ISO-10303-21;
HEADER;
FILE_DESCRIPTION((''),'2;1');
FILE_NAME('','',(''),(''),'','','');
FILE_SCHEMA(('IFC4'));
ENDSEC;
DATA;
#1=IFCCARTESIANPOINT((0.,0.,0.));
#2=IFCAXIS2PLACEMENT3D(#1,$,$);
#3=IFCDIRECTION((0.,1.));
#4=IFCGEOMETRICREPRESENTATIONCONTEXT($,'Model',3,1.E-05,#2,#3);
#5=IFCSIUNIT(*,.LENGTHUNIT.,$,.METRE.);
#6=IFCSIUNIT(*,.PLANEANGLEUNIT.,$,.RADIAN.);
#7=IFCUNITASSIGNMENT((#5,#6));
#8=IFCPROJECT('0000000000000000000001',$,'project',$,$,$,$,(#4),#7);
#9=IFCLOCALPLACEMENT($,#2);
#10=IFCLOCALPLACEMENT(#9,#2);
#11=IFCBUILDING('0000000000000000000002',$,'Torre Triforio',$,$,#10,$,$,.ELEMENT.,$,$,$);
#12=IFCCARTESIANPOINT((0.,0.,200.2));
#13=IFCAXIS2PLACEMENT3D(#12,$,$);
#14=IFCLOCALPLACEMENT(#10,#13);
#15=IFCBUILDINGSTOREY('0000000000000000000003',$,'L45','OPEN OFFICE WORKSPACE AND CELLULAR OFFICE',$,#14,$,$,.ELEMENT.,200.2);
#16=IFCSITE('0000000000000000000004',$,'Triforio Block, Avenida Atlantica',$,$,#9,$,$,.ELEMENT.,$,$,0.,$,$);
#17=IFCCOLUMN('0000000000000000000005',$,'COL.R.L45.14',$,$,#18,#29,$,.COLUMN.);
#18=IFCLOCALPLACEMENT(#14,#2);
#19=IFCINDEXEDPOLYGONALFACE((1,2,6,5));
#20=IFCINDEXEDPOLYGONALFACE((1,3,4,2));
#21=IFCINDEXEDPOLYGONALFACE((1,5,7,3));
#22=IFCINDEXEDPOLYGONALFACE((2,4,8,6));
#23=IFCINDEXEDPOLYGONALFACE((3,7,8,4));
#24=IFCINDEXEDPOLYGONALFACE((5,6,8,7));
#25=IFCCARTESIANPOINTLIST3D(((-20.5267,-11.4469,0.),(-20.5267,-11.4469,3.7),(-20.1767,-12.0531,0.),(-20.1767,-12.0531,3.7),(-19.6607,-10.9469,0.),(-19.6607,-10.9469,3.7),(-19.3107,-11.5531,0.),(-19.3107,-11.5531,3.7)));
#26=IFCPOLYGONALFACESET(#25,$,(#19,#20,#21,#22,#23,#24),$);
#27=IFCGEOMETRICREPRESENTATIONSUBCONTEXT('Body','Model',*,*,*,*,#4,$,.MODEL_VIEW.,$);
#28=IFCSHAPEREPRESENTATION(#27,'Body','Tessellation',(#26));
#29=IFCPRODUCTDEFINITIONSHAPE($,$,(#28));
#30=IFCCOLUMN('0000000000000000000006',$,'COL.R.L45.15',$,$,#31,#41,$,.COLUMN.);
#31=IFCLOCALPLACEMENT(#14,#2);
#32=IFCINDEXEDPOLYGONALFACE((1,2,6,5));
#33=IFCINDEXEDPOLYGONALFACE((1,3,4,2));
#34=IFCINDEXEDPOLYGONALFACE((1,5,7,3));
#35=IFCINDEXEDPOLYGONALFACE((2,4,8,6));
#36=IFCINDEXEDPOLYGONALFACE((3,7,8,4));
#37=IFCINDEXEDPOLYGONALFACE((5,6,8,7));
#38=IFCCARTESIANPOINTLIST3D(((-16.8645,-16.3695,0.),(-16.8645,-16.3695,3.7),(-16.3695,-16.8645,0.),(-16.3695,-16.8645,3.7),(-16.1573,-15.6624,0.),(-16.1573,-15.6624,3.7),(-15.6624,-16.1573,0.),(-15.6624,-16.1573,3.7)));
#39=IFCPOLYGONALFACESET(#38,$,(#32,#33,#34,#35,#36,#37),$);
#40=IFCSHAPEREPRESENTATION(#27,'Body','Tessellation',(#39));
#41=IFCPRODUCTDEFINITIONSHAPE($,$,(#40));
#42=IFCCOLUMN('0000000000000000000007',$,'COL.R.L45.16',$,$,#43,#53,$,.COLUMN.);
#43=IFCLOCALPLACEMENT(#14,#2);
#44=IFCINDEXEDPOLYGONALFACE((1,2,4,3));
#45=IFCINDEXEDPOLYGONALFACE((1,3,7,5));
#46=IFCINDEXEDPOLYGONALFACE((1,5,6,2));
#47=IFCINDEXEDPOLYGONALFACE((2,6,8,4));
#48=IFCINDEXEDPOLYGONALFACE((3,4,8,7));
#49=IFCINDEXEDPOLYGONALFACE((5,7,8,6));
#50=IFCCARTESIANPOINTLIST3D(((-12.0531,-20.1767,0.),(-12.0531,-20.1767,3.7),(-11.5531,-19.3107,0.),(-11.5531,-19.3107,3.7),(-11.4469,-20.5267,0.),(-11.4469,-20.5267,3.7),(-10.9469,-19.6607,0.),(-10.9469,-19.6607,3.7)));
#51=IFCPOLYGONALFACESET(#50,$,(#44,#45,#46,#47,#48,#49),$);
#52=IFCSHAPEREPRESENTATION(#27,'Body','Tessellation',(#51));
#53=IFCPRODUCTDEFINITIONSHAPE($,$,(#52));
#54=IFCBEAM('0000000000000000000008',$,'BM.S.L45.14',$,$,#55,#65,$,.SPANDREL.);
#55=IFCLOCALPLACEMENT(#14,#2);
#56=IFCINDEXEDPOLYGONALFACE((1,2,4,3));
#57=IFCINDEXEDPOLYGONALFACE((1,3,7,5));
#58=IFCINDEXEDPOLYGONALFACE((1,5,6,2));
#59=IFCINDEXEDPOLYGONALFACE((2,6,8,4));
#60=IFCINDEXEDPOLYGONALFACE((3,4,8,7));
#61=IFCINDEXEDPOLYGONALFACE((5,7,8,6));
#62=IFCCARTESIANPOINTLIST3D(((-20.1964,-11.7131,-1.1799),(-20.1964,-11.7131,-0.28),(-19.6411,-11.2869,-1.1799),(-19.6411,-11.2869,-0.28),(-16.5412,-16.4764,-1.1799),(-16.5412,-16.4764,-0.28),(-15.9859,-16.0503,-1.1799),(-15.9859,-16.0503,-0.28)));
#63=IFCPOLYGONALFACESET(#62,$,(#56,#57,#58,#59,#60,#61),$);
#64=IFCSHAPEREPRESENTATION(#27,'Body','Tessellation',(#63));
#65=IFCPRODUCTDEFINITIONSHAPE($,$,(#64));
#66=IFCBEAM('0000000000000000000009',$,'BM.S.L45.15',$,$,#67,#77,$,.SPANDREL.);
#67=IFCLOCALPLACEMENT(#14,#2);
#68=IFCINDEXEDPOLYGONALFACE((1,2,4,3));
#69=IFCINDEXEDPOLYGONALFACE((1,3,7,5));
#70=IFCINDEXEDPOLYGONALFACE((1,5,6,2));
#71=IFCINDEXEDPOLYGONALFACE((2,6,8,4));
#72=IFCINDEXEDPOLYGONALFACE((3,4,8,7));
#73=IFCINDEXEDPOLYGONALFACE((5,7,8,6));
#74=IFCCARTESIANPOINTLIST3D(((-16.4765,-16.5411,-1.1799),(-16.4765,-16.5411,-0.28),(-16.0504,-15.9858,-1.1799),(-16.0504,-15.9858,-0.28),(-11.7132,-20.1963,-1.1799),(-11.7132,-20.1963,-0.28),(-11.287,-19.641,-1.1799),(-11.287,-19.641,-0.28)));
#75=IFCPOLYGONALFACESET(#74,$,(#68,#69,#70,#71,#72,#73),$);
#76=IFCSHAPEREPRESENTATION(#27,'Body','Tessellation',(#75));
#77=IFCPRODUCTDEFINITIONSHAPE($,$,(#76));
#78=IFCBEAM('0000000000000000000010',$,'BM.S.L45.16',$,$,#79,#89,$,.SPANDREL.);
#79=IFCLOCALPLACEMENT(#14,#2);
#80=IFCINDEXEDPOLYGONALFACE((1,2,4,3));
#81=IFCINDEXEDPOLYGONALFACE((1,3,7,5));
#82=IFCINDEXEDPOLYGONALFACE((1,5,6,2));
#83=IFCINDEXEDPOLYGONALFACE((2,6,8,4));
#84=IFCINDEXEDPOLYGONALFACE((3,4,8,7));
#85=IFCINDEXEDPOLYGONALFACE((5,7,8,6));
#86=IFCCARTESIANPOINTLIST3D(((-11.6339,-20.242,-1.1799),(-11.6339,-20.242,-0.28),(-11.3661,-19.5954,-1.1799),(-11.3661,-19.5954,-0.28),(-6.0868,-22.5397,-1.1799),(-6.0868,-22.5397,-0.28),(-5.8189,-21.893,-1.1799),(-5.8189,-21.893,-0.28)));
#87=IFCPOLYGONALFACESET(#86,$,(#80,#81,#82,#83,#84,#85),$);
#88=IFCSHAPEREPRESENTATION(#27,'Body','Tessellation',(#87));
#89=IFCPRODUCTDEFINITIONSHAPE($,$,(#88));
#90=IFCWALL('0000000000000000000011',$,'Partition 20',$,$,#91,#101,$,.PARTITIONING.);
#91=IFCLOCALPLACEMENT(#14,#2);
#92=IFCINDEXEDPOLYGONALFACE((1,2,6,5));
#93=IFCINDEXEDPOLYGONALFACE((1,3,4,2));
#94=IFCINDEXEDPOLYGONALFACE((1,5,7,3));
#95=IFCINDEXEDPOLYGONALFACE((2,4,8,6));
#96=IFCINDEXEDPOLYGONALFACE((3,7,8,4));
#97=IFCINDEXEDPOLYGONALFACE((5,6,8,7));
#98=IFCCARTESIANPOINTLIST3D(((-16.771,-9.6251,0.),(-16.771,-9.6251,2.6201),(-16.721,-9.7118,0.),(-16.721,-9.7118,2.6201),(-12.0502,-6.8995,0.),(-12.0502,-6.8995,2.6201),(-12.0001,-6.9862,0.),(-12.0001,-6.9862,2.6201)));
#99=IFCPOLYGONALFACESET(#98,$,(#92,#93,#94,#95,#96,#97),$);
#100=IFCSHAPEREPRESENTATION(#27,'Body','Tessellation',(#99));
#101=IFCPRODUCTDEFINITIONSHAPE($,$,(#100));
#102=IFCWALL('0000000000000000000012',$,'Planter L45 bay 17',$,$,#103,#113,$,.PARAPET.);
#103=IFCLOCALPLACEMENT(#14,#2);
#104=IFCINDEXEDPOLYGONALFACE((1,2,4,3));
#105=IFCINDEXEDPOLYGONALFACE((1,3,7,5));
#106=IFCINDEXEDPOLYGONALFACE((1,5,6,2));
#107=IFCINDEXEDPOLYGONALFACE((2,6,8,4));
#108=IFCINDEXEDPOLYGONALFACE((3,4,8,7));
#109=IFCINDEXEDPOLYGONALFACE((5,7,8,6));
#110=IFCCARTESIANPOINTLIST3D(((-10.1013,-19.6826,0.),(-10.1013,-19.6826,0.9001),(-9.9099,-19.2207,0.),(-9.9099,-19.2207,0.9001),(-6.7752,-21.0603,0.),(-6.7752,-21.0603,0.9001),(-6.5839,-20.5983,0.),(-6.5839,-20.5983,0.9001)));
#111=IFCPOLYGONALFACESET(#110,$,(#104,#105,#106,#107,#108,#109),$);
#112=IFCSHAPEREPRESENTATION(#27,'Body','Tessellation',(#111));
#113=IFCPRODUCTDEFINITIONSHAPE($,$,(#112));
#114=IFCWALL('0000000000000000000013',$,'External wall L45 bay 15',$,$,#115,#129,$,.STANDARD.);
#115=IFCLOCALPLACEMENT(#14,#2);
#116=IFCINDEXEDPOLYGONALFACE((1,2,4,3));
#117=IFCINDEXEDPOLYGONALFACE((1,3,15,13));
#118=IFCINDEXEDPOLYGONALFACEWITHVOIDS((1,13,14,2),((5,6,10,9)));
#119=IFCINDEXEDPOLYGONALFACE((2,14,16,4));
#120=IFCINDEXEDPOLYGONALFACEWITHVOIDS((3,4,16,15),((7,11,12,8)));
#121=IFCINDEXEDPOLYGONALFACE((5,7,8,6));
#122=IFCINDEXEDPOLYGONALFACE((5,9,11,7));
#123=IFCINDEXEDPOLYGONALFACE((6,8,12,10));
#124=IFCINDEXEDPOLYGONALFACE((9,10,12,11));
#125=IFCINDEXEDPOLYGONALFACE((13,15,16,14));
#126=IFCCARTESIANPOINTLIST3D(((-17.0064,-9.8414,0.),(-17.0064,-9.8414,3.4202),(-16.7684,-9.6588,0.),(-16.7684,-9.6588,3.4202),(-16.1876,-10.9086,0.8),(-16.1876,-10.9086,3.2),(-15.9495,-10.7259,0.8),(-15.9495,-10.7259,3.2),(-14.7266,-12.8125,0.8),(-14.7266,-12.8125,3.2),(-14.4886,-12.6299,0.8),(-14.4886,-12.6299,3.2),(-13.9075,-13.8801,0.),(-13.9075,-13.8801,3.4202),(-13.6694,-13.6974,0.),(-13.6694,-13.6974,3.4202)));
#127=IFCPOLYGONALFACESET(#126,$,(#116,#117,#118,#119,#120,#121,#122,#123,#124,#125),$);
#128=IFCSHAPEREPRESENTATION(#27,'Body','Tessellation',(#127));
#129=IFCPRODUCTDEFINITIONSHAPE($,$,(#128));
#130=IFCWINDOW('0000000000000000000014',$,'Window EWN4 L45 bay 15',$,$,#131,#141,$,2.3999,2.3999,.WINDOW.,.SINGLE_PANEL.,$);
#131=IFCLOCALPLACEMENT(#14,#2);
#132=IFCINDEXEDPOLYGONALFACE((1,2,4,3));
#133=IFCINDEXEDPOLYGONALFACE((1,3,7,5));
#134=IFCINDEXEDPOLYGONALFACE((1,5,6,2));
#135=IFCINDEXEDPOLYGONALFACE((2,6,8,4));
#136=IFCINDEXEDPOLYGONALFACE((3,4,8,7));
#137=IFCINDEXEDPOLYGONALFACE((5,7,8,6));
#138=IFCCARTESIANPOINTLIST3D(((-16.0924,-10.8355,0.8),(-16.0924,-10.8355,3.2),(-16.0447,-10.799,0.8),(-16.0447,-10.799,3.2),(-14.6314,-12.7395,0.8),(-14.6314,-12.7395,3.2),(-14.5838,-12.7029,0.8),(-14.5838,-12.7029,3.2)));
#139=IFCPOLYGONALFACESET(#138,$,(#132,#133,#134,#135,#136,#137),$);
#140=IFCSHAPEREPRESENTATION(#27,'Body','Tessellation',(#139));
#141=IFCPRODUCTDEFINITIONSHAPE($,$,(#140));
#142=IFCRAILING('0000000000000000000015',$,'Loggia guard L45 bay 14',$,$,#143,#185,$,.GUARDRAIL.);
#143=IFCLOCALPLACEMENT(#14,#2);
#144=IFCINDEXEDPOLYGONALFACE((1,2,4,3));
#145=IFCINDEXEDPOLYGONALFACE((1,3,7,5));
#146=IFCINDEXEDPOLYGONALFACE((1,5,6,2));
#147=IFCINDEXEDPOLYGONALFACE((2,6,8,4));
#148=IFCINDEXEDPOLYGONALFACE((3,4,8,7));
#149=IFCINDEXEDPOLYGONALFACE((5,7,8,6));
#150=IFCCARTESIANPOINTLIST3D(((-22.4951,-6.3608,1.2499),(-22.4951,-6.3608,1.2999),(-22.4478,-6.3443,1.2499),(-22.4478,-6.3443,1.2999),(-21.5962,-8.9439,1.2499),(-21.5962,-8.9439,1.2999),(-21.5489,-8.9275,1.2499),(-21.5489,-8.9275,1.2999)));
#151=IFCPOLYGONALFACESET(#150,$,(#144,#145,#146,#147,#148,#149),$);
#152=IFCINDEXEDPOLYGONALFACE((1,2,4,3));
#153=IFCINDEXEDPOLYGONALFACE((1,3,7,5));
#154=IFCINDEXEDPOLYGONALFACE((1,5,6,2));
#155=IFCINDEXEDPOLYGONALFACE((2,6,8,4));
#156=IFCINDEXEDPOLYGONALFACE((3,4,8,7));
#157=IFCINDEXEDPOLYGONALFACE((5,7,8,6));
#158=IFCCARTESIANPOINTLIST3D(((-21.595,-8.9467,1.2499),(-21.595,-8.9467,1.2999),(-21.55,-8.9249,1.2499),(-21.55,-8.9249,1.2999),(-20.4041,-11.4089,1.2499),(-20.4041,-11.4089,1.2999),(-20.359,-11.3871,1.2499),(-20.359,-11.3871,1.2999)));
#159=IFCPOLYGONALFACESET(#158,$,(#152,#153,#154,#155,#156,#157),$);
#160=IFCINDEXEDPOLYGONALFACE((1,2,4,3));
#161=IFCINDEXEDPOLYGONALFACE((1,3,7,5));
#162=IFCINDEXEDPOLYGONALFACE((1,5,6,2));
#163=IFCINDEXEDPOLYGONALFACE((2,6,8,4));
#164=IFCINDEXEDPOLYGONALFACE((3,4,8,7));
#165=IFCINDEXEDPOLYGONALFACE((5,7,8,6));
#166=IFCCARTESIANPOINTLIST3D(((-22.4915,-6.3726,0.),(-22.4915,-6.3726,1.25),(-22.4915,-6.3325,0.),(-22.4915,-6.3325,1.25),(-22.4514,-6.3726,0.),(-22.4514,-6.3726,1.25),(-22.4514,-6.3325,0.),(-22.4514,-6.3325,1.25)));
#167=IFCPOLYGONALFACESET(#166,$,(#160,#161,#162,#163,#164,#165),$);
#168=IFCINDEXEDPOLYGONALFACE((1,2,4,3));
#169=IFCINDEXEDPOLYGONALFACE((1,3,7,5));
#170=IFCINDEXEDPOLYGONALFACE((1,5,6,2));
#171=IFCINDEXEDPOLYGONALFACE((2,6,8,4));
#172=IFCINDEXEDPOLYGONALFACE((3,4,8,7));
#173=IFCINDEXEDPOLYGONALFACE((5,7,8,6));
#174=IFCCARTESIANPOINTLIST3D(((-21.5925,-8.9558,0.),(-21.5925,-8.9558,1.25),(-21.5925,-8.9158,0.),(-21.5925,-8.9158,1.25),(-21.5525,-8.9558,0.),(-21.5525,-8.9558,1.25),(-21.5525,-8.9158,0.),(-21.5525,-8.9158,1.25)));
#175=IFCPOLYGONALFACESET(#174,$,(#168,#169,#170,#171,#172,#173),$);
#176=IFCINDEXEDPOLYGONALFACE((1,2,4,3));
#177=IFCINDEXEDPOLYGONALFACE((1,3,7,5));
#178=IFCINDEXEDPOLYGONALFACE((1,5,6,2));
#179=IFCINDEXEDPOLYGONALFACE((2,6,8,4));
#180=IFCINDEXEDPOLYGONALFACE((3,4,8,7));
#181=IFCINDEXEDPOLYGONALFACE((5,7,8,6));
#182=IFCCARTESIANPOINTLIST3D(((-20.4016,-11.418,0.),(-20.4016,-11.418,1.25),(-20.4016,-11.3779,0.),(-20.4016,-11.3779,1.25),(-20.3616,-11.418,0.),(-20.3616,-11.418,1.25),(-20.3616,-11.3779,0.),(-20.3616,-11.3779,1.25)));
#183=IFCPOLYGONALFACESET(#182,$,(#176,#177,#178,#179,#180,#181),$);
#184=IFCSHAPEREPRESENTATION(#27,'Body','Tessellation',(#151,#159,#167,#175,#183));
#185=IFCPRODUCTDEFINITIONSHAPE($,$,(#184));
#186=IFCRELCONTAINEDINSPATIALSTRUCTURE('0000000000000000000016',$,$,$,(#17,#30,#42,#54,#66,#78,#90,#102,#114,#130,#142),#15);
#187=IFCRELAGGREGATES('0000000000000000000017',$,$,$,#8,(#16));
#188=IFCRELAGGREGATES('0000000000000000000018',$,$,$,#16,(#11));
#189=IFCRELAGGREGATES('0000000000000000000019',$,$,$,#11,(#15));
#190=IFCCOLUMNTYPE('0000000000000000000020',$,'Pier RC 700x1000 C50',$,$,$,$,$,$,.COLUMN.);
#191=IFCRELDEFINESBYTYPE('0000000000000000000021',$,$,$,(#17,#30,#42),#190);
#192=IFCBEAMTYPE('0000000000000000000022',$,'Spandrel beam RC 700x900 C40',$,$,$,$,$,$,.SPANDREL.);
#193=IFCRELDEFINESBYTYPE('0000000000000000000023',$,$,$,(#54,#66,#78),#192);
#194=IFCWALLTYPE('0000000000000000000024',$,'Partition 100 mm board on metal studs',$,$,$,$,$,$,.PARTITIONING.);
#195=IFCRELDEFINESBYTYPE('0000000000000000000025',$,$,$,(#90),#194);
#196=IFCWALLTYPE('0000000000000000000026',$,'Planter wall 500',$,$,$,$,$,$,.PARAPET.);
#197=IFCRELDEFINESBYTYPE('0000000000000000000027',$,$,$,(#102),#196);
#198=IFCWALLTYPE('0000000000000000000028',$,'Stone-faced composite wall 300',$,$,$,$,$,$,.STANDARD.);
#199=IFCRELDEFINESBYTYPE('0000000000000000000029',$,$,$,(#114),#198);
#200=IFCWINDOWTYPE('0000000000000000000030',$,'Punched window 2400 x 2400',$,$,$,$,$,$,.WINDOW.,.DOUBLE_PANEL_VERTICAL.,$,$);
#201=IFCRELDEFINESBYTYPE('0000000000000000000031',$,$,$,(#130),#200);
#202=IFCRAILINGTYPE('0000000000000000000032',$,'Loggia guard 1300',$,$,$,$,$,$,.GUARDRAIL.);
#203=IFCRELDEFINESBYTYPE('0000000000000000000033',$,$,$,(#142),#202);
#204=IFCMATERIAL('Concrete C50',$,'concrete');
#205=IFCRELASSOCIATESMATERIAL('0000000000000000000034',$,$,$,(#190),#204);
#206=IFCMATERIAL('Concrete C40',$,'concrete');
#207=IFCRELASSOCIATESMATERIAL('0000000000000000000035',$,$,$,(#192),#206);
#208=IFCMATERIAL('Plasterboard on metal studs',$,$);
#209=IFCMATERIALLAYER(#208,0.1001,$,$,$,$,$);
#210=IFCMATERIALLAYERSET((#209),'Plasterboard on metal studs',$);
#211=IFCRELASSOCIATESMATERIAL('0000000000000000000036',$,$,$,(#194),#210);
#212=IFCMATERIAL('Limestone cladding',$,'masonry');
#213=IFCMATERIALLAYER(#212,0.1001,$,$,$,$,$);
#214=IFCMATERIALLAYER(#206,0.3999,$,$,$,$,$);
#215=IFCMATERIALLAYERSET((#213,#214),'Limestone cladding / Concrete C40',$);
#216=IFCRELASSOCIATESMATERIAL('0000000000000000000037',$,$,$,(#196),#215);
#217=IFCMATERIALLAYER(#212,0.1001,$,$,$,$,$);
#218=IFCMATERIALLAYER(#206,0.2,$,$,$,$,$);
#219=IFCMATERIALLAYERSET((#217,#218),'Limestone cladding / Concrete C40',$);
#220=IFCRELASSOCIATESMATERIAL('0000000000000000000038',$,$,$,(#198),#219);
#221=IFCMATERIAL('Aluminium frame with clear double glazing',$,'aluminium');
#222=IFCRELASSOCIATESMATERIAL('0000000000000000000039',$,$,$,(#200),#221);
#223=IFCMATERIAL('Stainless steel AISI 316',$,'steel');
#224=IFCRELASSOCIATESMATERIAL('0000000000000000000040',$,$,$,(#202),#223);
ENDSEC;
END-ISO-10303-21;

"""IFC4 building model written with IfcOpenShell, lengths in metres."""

from ifc_helpers import new_model, si_unit, direction, frame, frame_2d, origin, origin_2d, place, context, subcontext, project, spatial, rectangle, extrude, material, layer, layer_set, material_profile, profile_set, type_object, element, fill, save


model = new_model("IFC4")

# Units and contexts
model_context = context("Model", 3, precision=1e-05, world=origin(), true_north=direction((0.0, 1.0)))
body_context = subcontext(model_context, "Body", "Model", "MODEL_VIEW")
ifc_project = project(units=[si_unit("LENGTHUNIT", "METRE"), si_unit("PLANEANGLEUNIT", "RADIAN")], contexts=[model_context])

# Site, building, storey
site_placement = place(None, origin())
site = spatial("IfcSite", under=ifc_project, at=site_placement, Name="Triforio Block, Avenida Atlantica", CompositionType="ELEMENT", RefElevation=0.0)
building_placement = place(site_placement, origin())
building = spatial("IfcBuilding", under=site, at=building_placement, Name="Torre Triforio", CompositionType="ELEMENT")
storey_placement = place(building_placement, frame((0.0, 0.0, 200.2)))
storey = spatial("IfcBuildingStorey", under=building, at=storey_placement, Name="L45", Description="OPEN OFFICE WORKSPACE AND CELLULAR OFFICE", CompositionType="ELEMENT", Elevation=200.2)

# Columns
ifc_material_1 = material(Name="Concrete C50", Category="concrete")
ifc_material_profile_1 = material_profile(ifc_material_1, rectangle(XDim=0.7, YDim=1.0, at=origin_2d()), Name="RC 700x1000")
ifc_profile_set_1 = profile_set([ifc_material_profile_1], Name="Concrete C50")
column_type = type_object("IfcColumnType", Name="Pier RC 700x1000 C50", PredefinedType="COLUMN", material=ifc_profile_set_1)
for number, where, z_axis, x_axis, name in (
    (1, (-19.9187, -11.5, 0.0), (0.0, 0.0, 1.0), (0.5, -0.866025, 0.0), "COL.R.L45.14"),
    (2, (-16.2634, -16.2634, 0.0), (0.0, 0.0, 1.0), (0.707107, -0.707107, 0.0), "COL.R.L45.15"),
    (3, (-11.5, -19.9187, 0.0), (0.0, 0.0, 1.0), (0.866025, -0.5, 0.0), "COL.R.L45.16"),
):
    element("IfcColumn", number, at=place(storey_placement, frame(where, z_axis=z_axis, x_axis=x_axis)), inside=storey, type_object=column_type, Name=name, PredefinedType="COLUMN", context=body_context, shape_type="SweptSolid", body=[
        extrude(rectangle(XDim=0.7, YDim=1.0, at=origin_2d()), origin(), (0.0, 0.0, 1.0), 3.7),
    ])

# Beams
ifc_material_2 = material(Name="Concrete C40", Category="concrete")
ifc_material_profile_2 = material_profile(ifc_material_2, rectangle(XDim=0.7, YDim=0.8999, at=origin_2d()), Name="RC 700x900")
ifc_profile_set_2 = profile_set([ifc_material_profile_2], Name="Concrete C40")
beam_type = type_object("IfcBeamType", Name="Spandrel beam RC 700x900 C40", PredefinedType="SPANDREL", material=ifc_profile_set_2)
for number, where, z_axis, x_axis, name in (
    (4, (-19.9187, -11.5, -0.73), (0.608779, -0.79334, 0.0), (0.79334, 0.608779, 0.0), "BM.S.L45.14"),
    (5, (-16.2634, -16.2634, -0.73), (0.79334, -0.608779, 0.0), (0.608779, 0.79334, 0.0), "BM.S.L45.15"),
    (6, (-11.5, -19.9187, -0.73), (0.923885, -0.382671, 0.0), (0.382671, 0.923885, 0.0), "BM.S.L45.16"),
):
    element("IfcBeam", number, at=place(storey_placement, frame(where, z_axis=z_axis, x_axis=x_axis)), inside=storey, type_object=beam_type, Name=name, PredefinedType="SPANDREL", context=body_context, shape_type="SweptSolid", body=[
        extrude(rectangle(XDim=0.7, YDim=0.8999, at=origin_2d()), origin(), (0.0, 0.0, 1.0), 6.0042),
    ])

# Walls
ifc_material_3 = material(Name="Plasterboard on metal studs")
ifc_layer_1 = layer(ifc_material_3, 0.1001)
ifc_layer_set_1 = layer_set([ifc_layer_1], Name="Plasterboard on metal studs")
wall_type_1 = type_object("IfcWallType", Name="Partition 100 mm board on metal studs", PredefinedType="PARTITIONING", material=ifc_layer_set_1)
wall_1_placement = place(storey_placement, frame((-12.0251, -6.9429, 0.0), z_axis=(0.0, 0.0, 1.0), x_axis=(-0.86603, -0.499993, 0.0)))
element("IfcWall", 7, at=wall_1_placement, inside=storey, type_object=wall_type_1, Name="Partition 20", PredefinedType="PARTITIONING", context=body_context, shape_type="SweptSolid", body=[
    extrude(rectangle(XDim=5.4512, YDim=0.1001, at=frame_2d((2.7256, 0.0))), origin(), (0.0, 0.0, 1.0), 2.6201),
])
ifc_material_4 = material(Name="Limestone cladding", Category="masonry")
ifc_layer_2 = layer(ifc_material_4, 0.1001)
ifc_layer_3 = layer(ifc_material_2, 0.3999)
ifc_layer_set_2 = layer_set([ifc_layer_2, ifc_layer_3], Name="Limestone cladding / Concrete C40")
wall_type_2 = type_object("IfcWallType", Name="Planter wall 500", PredefinedType="PARAPET", material=ifc_layer_set_2)
wall_2_placement = place(storey_placement, frame((-10.0056, -19.4517, 0.0), z_axis=(0.0, 0.0, 1.0), x_axis=(0.923885, -0.382669, 0.0)))
element("IfcWall", 8, at=wall_2_placement, inside=storey, type_object=wall_type_2, Name="Planter L45 bay 17", PredefinedType="PARAPET", context=body_context, shape_type="SweptSolid", body=[
    extrude(rectangle(XDim=3.6001, YDim=0.5, at=frame_2d((1.8, 0.0))), origin(), (0.0, 0.0, 1.0), 0.9001),
])

# Wall, opening, window
ifc_layer_4 = layer(ifc_material_4, 0.1001)
ifc_layer_5 = layer(ifc_material_2, 0.2)
ifc_layer_set_3 = layer_set([ifc_layer_4, ifc_layer_5], Name="Limestone cladding / Concrete C40")
wall_type_3 = type_object("IfcWallType", Name="Stone-faced composite wall 300", PredefinedType="STANDARD", material=ifc_layer_set_3)
wall_3_placement = place(storey_placement, frame((-16.8875, -9.75, 0.0), z_axis=(0.0, 0.0, 1.0), x_axis=(0.608758, -0.793356, 0.0)))
wall_3 = element("IfcWall", 9, at=wall_3_placement, inside=storey, type_object=wall_type_3, Name="External wall L45 bay 15", PredefinedType="STANDARD", context=body_context, shape_type="SweptSolid", body=[
    extrude(rectangle(XDim=5.0906, YDim=0.3, at=frame_2d((2.5454, 0.0))), origin(), (0.0, 0.0, 1.0), 3.4202),
])
opening_1_placement = place(wall_3_placement, frame((1.3452, 0.0, 0.8)))
opening_1 = element("IfcOpeningElement", 10, at=opening_1_placement, cuts=wall_3, PredefinedType="OPENING", context=body_context, shape_type="SweptSolid", body=[
    extrude(rectangle(XDim=2.3999, YDim=2.3999, at=frame_2d((1.2, 1.2))), frame((0.0, 0.1599, 0.0), z_axis=(0.0, -1.0, 0.0), x_axis=(1.0, 0.0, 0.0)), (0.0, 0.0, 1.0), 0.3201),
])
ifc_material_5 = material(Name="Aluminium frame with clear double glazing", Category="aluminium")
window_type_1 = type_object("IfcWindowType", Name="Punched window 2400 x 2400", PartitioningType="DOUBLE_PANEL_VERTICAL", PredefinedType="WINDOW", material=ifc_material_5)
window_1_placement = place(opening_1_placement, origin())
window_1 = element("IfcWindow", 11, at=window_1_placement, inside=storey, type_object=window_type_1, Name="Window EWN4 L45 bay 15", OverallHeight=2.3999, OverallWidth=2.3999, PartitioningType="SINGLE_PANEL", PredefinedType="WINDOW", context=body_context, shape_type="SweptSolid", body=[
    extrude(rectangle(XDim=2.3999, YDim=2.3999, at=frame_2d((1.2, 1.2))), frame((0.0, 0.03, 0.0), z_axis=(0.0, -1.0, 0.0), x_axis=(1.0, 0.0, 0.0)), (0.0, 0.0, 1.0), 0.0601),
])
fill(opening_1, window_1)

# Railing
ifc_material_6 = material(Name="Stainless steel AISI 316", Category="steel")
railing_type = type_object("IfcRailingType", Name="Loggia guard 1300", PredefinedType="GUARDRAIL", material=ifc_material_6)
railing_1_placement = place(storey_placement, frame((-22.4714, -6.3525, 0.0)))
element("IfcRailing", 12, at=railing_1_placement, inside=storey, type_object=railing_type, Name="Loggia guard L45 bay 14", PredefinedType="GUARDRAIL", context=body_context, shape_type="SweptSolid", body=[
    extrude(rectangle(XDim=0.05, YDim=0.05, at=origin_2d()), frame((0.0, 0.0, 1.2749), z_axis=(0.328652, -0.944451, 0.0), x_axis=(0.944451, 0.328652, 0.0)), (0.0, 0.0, 1.0), 2.7351),
    extrude(rectangle(XDim=0.05, YDim=0.05, at=origin_2d()), frame((0.8989, -2.5833, 1.2749), z_axis=(0.435428, -0.900224, 0.0), x_axis=(0.900224, 0.435428, 0.0)), (0.0, 0.0, 1.0), 2.7351),
    extrude(rectangle(XDim=0.04, YDim=0.04, at=origin_2d()), origin(), (0.0, 0.0, 1.0), 1.25),
    extrude(rectangle(XDim=0.04, YDim=0.04, at=origin_2d()), frame((0.8989, -2.5833, 0.0)), (0.0, 0.0, 1.0), 1.25),
    extrude(rectangle(XDim=0.04, YDim=0.04, at=origin_2d()), frame((2.0898, -5.0454, 0.0)), (0.0, 0.0, 1.0), 1.25),
])

save(model, "model.ifc")
